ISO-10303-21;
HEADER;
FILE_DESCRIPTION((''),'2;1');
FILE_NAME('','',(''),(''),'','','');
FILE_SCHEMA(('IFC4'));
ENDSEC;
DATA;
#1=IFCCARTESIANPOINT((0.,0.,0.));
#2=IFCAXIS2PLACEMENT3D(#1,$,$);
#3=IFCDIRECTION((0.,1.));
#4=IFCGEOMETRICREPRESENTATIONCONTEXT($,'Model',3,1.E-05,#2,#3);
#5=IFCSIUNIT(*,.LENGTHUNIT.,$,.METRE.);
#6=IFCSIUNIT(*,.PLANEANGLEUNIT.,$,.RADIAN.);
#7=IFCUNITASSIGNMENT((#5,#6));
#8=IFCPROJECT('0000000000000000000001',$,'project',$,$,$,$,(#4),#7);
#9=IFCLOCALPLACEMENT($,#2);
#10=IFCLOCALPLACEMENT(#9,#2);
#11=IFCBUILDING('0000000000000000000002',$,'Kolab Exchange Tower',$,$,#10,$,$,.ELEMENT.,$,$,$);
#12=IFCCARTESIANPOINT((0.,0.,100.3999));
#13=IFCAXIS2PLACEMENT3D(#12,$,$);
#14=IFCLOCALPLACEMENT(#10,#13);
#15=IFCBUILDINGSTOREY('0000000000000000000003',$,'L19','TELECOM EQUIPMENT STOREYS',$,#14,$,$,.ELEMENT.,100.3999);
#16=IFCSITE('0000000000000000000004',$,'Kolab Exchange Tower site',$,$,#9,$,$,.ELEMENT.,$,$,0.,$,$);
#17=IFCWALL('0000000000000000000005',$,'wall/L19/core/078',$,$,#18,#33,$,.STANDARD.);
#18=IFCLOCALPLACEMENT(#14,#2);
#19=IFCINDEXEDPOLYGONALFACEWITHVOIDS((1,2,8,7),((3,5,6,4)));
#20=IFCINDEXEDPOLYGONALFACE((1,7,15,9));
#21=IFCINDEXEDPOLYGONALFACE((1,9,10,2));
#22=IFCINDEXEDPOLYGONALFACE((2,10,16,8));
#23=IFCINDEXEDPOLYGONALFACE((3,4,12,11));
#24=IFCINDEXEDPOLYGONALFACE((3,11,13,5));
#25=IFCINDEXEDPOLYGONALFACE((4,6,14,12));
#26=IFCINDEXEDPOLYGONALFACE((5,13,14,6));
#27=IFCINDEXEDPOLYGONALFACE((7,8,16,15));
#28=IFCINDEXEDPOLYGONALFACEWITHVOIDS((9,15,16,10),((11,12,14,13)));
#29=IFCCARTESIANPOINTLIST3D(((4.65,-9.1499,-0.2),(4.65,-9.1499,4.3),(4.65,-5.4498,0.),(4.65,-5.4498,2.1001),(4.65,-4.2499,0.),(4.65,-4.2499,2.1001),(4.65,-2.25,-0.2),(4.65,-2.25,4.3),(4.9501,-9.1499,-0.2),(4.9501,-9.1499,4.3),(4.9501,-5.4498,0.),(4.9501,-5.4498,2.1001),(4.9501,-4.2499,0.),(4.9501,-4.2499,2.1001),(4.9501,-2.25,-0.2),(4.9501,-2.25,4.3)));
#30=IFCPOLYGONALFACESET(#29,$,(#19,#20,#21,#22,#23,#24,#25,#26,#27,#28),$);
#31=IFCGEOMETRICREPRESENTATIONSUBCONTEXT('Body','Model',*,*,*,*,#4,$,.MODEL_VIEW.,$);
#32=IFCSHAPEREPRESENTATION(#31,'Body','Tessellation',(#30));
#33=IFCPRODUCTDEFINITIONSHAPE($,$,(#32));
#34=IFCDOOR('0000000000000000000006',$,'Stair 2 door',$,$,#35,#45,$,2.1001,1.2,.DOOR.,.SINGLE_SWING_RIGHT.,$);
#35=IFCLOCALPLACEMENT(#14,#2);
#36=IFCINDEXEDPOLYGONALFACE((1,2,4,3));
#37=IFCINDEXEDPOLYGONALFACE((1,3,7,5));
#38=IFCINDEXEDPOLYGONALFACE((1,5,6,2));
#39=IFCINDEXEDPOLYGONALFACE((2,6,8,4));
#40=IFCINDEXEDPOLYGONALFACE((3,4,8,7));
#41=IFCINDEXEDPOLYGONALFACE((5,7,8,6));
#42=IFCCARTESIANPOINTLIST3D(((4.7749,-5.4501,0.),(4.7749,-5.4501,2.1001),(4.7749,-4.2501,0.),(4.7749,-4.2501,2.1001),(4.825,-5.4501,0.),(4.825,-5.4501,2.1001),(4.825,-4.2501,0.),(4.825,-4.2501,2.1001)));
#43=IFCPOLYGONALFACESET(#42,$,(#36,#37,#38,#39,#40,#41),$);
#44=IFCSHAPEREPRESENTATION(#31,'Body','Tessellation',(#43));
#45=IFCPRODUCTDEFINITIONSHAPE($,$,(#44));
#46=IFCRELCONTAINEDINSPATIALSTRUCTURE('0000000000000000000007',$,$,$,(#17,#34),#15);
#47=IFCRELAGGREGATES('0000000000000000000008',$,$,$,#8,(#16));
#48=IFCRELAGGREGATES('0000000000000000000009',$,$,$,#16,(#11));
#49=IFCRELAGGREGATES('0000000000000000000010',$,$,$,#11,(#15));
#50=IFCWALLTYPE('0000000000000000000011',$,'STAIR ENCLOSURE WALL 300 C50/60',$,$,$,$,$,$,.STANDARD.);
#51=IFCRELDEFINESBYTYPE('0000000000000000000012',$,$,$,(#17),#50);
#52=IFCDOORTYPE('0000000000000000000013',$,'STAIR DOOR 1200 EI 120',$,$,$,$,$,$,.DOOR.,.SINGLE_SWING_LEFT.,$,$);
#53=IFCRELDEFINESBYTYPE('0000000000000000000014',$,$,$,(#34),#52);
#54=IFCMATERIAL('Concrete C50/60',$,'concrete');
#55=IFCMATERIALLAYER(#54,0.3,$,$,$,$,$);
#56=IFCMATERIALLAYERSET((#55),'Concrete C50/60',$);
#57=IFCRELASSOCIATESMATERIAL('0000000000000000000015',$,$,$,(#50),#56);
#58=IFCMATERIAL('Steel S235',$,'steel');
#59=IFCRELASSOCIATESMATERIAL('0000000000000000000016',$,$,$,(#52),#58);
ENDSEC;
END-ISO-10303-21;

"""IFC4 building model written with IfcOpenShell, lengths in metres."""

from ifc_helpers import new_model, si_unit, direction, frame, frame_2d, origin, place, context, subcontext, project, spatial, rectangle, extrude, material, layer, layer_set, type_object, element, fill, save


model = new_model("IFC4")

# Units and contexts
model_context = context("Model", 3, precision=1e-05, world=origin(), true_north=direction((0.0, 1.0)))
body_context = subcontext(model_context, "Body", "Model", "MODEL_VIEW")
ifc_project = project(units=[si_unit("LENGTHUNIT", "METRE"), si_unit("PLANEANGLEUNIT", "RADIAN")], contexts=[model_context])

# Site, building, storey
site_placement = place(None, origin())
site = spatial("IfcSite", under=ifc_project, at=site_placement, Name="Kolab Exchange Tower site", CompositionType="ELEMENT", RefElevation=0.0)
building_placement = place(site_placement, origin())
building = spatial("IfcBuilding", under=site, at=building_placement, Name="Kolab Exchange Tower", CompositionType="ELEMENT")
storey_placement = place(building_placement, frame((0.0, 0.0, 100.3999)))
storey = spatial("IfcBuildingStorey", under=building, at=storey_placement, Name="L19", Description="TELECOM EQUIPMENT STOREYS", CompositionType="ELEMENT", Elevation=100.3999)

# Shared definitions
ifc_material_1 = material(Name="Steel S235", Category="steel")

# Shared definitions
ifc_material_2 = material(Name="Concrete C50/60", Category="concrete")

# Shared definitions
ifc_layer_1 = layer(ifc_material_2, 0.3)
ifc_layer_set_1 = layer_set([ifc_layer_1], Name="Concrete C50/60")
wall_type_1 = type_object("IfcWallType", Name="STAIR ENCLOSURE WALL 300 C50/60", PredefinedType="STANDARD", material=ifc_layer_set_1)

# Wall, opening, door
wall_1_placement = place(storey_placement, frame((4.8, -9.1499, -0.2), z_axis=(0.0, 0.0, 1.0), x_axis=(0.0, 1.0, 0.0)))
wall_1 = element("IfcWall", 1, at=wall_1_placement, inside=storey, type_object=wall_type_1, Name="wall/L19/core/078", PredefinedType="STANDARD", context=body_context, shape_type="SweptSolid", body=[
    extrude(rectangle(XDim=6.8999, YDim=0.3, at=frame_2d((3.45, 0.0))), origin(), (0.0, 0.0, 1.0), 4.5),
])
opening_1_placement = place(wall_1_placement, frame((3.7, 0.0, 0.2)))
opening_1 = element("IfcOpeningElement", 2, at=opening_1_placement, cuts=wall_1, PredefinedType="OPENING", context=body_context, shape_type="SweptSolid", body=[
    extrude(rectangle(XDim=1.2, YDim=2.1001, at=frame_2d((0.6001, 1.05))), frame((0.0, 0.1602, 0.0), z_axis=(0.0, -1.0, 0.0), x_axis=(1.0, 0.0, 0.0)), (0.0, 0.0, 1.0), 0.3201),
])
door_type_1 = type_object("IfcDoorType", Name="STAIR DOOR 1200 EI 120", OperationType="SINGLE_SWING_LEFT", PredefinedType="DOOR", material=ifc_material_1)
door_1_placement = place(opening_1_placement, frame((1.2, 0.0, 0.0), z_axis=(0.0, 0.0, 1.0), x_axis=(-1.0, 0.0, 0.0)))
door_1 = element("IfcDoor", 3, at=door_1_placement, inside=storey, type_object=door_type_1, Name="Stair 2 door", OperationType="SINGLE_SWING_RIGHT", OverallHeight=2.1001, OverallWidth=1.2, PredefinedType="DOOR", context=body_context, shape_type="SweptSolid", body=[
    extrude(rectangle(XDim=1.2, YDim=2.1001, at=frame_2d((0.6001, 1.05))), frame((0.0, 0.0249, 0.0), z_axis=(0.0, -1.0, 0.0), x_axis=(1.0, 0.0, 0.0)), (0.0, 0.0, 1.0), 0.05),
])
fill(opening_1, door_1)

save(model, "model.ifc")
